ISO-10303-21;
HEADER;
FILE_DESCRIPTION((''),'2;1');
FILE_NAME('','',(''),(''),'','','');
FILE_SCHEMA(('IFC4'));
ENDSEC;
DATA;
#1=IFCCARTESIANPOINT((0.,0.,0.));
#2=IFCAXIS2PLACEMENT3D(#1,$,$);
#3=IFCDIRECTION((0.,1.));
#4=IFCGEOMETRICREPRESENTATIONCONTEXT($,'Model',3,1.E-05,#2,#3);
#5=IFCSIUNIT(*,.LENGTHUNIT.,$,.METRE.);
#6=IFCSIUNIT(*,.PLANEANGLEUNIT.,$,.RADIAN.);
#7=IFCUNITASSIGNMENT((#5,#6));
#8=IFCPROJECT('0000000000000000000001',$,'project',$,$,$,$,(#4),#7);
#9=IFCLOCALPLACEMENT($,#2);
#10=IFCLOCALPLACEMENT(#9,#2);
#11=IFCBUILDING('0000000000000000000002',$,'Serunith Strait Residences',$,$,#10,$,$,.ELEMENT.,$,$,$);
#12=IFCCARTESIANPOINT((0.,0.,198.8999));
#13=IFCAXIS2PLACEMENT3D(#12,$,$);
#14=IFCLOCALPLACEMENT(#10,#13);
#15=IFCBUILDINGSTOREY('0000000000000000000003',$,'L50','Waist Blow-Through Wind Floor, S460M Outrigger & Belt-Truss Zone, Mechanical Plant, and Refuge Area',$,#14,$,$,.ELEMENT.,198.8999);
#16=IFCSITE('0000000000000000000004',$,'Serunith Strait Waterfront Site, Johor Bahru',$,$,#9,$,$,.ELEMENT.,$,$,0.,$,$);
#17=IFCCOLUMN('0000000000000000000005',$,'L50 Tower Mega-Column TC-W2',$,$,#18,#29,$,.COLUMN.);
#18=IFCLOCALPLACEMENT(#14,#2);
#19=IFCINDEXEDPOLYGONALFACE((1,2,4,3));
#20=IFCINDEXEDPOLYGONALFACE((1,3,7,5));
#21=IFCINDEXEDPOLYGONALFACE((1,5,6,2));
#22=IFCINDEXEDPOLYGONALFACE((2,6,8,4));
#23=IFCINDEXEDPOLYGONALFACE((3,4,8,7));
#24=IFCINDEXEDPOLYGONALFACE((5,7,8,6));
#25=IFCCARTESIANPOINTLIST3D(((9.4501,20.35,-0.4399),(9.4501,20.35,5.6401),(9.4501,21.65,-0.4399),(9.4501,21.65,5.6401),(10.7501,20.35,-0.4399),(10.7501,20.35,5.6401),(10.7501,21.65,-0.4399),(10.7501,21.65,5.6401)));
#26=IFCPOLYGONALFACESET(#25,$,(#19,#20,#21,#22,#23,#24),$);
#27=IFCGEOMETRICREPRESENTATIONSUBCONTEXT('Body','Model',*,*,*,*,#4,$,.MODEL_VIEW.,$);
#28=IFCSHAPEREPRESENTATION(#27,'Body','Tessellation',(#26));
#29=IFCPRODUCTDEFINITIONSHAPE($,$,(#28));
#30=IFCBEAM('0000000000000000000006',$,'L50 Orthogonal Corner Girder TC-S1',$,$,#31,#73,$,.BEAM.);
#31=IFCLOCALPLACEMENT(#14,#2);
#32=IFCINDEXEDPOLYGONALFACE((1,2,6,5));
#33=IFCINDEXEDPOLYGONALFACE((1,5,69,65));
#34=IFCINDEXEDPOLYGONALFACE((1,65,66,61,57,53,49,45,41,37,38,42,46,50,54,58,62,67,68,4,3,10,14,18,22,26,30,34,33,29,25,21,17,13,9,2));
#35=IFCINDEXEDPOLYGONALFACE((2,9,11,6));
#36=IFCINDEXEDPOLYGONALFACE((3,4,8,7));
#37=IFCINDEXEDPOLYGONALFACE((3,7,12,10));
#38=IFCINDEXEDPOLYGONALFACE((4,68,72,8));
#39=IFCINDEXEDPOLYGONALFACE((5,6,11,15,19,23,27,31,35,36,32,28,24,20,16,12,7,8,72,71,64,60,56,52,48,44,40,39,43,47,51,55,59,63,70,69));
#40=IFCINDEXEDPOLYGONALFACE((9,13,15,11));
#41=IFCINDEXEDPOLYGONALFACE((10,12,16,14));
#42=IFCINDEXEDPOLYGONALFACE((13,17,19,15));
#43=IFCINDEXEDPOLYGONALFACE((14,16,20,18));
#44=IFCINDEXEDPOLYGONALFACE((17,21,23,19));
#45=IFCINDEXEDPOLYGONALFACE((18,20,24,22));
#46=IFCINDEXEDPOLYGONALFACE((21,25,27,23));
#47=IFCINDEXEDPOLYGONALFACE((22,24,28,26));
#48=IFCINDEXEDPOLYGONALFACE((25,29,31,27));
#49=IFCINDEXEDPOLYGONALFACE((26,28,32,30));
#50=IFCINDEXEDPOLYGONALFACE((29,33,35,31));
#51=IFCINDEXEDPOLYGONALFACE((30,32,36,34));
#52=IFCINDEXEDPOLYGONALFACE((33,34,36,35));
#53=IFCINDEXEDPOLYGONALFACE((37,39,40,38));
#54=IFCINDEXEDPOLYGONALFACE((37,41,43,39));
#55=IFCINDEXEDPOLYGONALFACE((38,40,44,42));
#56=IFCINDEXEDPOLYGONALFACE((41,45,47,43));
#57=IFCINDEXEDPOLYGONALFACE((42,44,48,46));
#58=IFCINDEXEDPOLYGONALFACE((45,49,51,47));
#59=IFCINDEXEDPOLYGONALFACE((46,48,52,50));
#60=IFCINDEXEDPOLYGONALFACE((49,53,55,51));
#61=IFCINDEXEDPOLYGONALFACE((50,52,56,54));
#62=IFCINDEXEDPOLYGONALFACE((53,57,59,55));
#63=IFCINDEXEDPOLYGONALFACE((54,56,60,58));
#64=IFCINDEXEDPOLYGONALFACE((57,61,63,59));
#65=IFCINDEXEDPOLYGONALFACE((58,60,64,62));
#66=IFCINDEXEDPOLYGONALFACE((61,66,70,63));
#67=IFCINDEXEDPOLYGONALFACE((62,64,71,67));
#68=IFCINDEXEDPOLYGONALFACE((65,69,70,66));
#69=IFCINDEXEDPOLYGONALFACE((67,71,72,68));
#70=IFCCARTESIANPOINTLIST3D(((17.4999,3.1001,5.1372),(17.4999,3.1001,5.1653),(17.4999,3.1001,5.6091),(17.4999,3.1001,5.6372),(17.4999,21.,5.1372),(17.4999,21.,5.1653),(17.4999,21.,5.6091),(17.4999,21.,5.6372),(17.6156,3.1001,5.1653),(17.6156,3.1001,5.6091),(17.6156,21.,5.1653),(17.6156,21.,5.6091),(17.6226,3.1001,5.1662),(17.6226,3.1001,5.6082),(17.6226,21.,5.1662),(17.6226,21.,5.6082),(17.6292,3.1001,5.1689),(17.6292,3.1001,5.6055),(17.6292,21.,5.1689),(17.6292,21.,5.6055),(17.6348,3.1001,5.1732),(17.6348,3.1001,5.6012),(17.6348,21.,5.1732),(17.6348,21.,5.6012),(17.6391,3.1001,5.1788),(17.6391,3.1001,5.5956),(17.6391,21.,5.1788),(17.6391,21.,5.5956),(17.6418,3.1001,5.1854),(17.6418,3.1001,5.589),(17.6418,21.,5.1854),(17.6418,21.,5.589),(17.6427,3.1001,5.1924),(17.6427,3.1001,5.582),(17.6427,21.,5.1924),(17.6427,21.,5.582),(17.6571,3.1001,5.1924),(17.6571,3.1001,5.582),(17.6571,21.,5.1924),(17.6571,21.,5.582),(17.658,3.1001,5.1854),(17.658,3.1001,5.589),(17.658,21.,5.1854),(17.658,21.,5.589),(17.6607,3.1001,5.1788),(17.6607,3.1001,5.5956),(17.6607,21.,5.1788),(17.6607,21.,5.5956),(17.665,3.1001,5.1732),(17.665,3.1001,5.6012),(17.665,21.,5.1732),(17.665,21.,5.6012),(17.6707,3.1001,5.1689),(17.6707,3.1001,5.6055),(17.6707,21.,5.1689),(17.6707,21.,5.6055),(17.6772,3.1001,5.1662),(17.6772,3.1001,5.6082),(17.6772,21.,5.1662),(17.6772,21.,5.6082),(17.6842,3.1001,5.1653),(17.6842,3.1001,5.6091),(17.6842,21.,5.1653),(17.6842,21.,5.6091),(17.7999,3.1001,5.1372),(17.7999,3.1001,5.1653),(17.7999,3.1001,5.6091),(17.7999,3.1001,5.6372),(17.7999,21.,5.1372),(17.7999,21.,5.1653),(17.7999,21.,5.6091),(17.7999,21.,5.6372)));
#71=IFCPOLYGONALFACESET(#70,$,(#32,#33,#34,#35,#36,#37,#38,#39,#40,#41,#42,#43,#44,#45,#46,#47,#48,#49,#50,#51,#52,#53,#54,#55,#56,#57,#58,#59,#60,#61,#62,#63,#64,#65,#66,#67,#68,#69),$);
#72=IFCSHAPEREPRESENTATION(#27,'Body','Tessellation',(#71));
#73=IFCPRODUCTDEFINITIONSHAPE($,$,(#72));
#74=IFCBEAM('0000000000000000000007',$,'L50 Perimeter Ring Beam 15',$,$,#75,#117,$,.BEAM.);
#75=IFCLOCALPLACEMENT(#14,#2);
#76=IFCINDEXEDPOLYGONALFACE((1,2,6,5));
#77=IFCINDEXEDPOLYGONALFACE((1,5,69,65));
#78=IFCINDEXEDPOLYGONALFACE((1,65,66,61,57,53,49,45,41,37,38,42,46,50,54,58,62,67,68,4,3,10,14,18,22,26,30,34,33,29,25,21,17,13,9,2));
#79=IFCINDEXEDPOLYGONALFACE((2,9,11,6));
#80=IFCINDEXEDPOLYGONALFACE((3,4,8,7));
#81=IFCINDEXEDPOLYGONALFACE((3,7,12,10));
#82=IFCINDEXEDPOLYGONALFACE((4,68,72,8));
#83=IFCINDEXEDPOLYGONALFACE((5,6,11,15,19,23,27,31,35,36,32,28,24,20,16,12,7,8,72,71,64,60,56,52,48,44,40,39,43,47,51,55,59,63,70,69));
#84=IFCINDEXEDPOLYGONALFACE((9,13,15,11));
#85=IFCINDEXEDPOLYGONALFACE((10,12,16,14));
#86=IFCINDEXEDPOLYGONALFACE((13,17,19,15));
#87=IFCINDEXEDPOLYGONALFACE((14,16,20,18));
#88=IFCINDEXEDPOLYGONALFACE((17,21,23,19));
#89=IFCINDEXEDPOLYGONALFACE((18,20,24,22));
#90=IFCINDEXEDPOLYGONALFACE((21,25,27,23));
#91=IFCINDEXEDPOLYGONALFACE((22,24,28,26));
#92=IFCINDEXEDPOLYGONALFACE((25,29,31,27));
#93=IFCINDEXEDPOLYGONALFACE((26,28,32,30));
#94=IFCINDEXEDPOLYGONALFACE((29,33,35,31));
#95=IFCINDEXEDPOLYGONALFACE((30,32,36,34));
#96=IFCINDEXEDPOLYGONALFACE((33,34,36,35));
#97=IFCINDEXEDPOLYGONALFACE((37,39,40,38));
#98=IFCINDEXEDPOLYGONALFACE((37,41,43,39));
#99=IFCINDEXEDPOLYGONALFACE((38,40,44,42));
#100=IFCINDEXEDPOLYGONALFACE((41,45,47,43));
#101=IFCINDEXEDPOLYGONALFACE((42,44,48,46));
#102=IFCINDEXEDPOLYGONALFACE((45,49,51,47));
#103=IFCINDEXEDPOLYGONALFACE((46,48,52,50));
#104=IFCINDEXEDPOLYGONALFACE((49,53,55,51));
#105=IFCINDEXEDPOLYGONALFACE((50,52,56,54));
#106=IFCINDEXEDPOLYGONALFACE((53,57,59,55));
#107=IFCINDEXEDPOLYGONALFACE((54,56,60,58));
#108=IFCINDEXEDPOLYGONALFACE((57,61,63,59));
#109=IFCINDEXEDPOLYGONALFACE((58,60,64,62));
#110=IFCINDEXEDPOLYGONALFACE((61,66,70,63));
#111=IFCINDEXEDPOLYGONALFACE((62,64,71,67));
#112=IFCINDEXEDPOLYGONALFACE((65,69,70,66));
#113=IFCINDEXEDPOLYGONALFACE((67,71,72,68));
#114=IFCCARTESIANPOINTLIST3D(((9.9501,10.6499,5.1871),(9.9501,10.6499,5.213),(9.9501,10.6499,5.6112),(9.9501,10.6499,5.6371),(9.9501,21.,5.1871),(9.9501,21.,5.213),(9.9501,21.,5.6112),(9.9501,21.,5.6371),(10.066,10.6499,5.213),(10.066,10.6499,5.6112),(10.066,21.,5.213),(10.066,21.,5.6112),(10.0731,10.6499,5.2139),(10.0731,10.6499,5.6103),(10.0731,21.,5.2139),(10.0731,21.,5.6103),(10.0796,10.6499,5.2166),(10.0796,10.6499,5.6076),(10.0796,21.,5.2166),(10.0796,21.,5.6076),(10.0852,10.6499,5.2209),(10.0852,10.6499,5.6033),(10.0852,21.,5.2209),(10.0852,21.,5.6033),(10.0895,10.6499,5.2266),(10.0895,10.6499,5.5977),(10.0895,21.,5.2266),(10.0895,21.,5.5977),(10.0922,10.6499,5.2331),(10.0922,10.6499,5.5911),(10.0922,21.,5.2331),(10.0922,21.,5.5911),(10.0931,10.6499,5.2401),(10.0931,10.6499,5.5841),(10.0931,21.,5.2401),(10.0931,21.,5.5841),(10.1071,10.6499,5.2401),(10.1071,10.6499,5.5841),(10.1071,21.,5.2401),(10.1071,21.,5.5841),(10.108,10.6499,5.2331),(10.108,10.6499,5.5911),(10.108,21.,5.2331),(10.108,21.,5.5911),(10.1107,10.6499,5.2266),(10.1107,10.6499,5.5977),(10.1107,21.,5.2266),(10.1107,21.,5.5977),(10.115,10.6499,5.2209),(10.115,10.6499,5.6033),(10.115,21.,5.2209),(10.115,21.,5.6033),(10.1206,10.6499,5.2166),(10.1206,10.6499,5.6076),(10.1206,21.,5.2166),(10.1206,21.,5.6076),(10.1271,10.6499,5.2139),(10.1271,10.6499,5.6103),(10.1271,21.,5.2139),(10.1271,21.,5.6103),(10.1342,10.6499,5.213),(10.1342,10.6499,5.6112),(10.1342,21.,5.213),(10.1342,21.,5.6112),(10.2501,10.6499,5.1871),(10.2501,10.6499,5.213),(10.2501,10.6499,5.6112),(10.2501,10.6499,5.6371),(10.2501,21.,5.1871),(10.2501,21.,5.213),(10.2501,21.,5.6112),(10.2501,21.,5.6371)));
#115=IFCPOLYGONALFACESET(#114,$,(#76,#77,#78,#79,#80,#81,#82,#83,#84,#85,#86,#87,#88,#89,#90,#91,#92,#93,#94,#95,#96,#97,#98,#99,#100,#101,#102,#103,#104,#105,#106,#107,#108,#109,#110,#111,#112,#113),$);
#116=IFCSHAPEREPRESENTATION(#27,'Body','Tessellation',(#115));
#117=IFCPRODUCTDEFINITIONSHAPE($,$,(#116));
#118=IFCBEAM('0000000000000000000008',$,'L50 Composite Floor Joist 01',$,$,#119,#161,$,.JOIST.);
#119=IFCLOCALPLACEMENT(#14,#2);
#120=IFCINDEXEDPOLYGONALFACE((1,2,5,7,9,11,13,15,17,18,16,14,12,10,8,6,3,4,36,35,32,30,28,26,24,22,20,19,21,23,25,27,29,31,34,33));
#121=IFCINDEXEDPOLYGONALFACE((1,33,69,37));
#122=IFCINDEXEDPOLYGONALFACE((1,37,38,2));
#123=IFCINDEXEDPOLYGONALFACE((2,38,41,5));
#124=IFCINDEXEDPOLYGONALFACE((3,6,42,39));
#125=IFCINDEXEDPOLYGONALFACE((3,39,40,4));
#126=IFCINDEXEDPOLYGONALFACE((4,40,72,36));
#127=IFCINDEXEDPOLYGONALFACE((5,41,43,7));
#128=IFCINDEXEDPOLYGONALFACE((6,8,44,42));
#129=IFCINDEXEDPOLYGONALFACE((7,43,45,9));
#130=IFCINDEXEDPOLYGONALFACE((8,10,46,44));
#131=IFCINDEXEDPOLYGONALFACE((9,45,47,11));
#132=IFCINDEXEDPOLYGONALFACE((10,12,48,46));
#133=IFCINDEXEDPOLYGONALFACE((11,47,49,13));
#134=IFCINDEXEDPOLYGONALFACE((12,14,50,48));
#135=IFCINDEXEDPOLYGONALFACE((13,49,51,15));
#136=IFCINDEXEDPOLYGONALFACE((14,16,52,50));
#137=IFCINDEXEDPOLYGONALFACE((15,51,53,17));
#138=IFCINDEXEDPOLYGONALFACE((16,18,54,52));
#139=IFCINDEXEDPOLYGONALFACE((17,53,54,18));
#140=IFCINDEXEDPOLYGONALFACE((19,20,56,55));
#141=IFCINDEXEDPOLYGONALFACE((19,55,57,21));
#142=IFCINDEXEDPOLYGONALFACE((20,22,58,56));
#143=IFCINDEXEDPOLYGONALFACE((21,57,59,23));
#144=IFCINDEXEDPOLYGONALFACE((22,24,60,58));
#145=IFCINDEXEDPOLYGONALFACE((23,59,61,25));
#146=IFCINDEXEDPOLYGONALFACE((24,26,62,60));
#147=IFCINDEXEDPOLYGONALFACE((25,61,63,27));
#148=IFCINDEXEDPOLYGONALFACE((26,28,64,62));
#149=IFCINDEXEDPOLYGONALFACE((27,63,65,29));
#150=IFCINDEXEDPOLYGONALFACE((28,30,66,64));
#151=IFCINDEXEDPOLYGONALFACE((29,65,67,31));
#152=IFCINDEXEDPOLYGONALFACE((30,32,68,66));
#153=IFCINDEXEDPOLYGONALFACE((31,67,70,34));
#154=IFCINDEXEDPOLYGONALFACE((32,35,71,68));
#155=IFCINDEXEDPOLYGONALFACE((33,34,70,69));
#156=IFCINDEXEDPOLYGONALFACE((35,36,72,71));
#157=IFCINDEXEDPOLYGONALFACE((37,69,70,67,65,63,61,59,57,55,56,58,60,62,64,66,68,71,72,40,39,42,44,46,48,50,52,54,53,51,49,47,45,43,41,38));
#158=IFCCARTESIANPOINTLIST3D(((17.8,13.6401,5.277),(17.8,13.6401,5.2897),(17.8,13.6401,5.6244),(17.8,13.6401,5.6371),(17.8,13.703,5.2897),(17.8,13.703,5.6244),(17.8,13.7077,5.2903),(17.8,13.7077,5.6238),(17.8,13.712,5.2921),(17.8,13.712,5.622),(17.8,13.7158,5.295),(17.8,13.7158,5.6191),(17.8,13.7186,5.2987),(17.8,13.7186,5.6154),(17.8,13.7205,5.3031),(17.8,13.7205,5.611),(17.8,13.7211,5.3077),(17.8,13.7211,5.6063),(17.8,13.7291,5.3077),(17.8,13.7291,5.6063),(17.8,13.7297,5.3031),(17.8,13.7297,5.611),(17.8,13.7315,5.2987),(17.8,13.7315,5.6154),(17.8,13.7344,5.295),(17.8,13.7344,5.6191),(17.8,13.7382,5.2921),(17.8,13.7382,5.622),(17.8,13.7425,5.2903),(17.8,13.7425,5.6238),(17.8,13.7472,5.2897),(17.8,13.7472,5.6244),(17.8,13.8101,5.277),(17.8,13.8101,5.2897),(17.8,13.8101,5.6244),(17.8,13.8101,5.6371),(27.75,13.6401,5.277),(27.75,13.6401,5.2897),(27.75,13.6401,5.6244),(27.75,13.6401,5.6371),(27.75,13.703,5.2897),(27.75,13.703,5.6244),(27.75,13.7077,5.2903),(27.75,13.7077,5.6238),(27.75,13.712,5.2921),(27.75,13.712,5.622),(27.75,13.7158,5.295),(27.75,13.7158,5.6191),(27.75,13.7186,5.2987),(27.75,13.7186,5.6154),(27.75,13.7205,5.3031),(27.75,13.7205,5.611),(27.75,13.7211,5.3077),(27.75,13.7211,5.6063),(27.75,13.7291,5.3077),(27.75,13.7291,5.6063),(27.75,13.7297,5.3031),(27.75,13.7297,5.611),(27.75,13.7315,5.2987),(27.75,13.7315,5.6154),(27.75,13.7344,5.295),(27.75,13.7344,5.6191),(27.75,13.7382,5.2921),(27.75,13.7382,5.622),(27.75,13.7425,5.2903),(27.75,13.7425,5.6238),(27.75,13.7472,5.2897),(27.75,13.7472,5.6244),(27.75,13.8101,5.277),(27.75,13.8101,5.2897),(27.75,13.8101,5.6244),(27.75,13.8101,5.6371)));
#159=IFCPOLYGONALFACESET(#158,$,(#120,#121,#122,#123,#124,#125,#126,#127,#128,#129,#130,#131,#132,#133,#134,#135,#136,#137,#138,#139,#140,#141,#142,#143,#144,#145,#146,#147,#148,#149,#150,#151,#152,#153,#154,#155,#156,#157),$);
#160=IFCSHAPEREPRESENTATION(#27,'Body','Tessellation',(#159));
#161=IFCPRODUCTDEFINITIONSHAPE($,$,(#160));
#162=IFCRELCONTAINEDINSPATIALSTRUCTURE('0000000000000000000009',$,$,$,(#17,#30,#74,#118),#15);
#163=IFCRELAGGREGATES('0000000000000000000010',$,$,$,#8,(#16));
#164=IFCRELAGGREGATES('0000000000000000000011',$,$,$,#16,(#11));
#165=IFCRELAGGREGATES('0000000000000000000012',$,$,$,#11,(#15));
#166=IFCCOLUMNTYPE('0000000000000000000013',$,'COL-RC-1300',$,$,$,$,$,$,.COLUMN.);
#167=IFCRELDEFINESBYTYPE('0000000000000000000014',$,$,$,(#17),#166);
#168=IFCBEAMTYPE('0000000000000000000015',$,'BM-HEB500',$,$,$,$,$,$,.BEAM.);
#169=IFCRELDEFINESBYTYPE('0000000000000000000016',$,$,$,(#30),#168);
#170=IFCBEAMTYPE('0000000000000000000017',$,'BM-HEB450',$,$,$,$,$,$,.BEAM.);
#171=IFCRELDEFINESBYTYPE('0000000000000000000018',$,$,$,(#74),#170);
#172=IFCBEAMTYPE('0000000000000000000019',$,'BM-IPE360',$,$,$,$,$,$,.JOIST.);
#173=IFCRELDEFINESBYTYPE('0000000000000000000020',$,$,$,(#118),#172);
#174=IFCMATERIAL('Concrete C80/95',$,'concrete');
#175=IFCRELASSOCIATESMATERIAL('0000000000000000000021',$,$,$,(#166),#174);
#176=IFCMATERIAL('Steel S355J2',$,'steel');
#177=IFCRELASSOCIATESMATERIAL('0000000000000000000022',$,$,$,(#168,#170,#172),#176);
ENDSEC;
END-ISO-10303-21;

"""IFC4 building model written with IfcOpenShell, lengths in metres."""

from ifc_helpers import new_model, si_unit, direction, frame, origin, origin_2d, place, context, subcontext, project, spatial, rectangle, i_section, extrude, source, transform, mapped, material, material_profile, profile_set, type_object, element, save


model = new_model("IFC4")

# Units and contexts
model_context = context("Model", 3, precision=1e-05, world=origin(), true_north=direction((0.0, 1.0)))
body_context = subcontext(model_context, "Body", "Model", "MODEL_VIEW")
ifc_project = project(units=[si_unit("LENGTHUNIT", "METRE"), si_unit("PLANEANGLEUNIT", "RADIAN")], contexts=[model_context])

# Site, building, storey
site_placement = place(None, origin())
site = spatial("IfcSite", under=ifc_project, at=site_placement, Name="Serunith Strait Waterfront Site, Johor Bahru", CompositionType="ELEMENT", RefElevation=0.0)
building_placement = place(site_placement, origin())
building = spatial("IfcBuilding", under=site, at=building_placement, Name="Serunith Strait Residences", CompositionType="ELEMENT")
storey_placement = place(building_placement, frame((0.0, 0.0, 198.8999)))
storey = spatial("IfcBuildingStorey", under=building, at=storey_placement, Name="L50", Description="Waist Blow-Through Wind Floor, S460M Outrigger & Belt-Truss Zone, Mechanical Plant, and Refuge Area", CompositionType="ELEMENT", Elevation=198.8999)

# Column
ifc_material_1 = material(Name="Concrete C80/95", Category="concrete")
ifc_material_profile_1 = material_profile(ifc_material_1, rectangle(XDim=1.3, YDim=1.3, at=origin_2d()), Name="RC 1300x1300")
ifc_profile_set_1 = profile_set([ifc_material_profile_1], Name="Concrete C80/95")
column_type = type_object("IfcColumnType", Name="COL-RC-1300", PredefinedType="COLUMN", material=ifc_profile_set_1)
shared_shape_1 = source(origin(), body_context, "Body", "SweptSolid", [
    extrude(rectangle(XDim=1.3, YDim=1.3, at=origin_2d()), origin(), (0.0, 0.0, 1.0), 6.0801),
])
column_placement = place(storey_placement, frame((10.1001, 21.0, -0.4399), z_axis=(0.0, 0.0, 1.0), x_axis=(1.0, 0.0, 0.0)))
element("IfcColumn", 1, at=column_placement, inside=storey, type_object=column_type, Name="L50 Tower Mega-Column TC-W2", PredefinedType="COLUMN", context=body_context, shape_type="MappedRepresentation", body=[
    mapped(shared_shape_1, transform((0.0, 0.0, 0.0), scale=1.0)),
])

# Beams
ifc_material_2 = material(Name="Steel S355J2", Category="steel")
ifc_material_profile_2 = material_profile(ifc_material_2, i_section(OverallWidth=0.3, OverallDepth=0.5, WebThickness=0.0144, FlangeThickness=0.0281, FilletRadius=0.0271, at=origin_2d()), Name="HEB 500")
ifc_profile_set_2 = profile_set([ifc_material_profile_2], Name="Steel S355J2")
beam_type_1 = type_object("IfcBeamType", Name="BM-HEB500", PredefinedType="BEAM", material=ifc_profile_set_2)
shared_shape_2 = source(origin(), body_context, "Body", "SweptSolid", [
    extrude(i_section(OverallWidth=0.3, OverallDepth=0.5, WebThickness=0.0144, FlangeThickness=0.0281, FilletRadius=0.0271, at=origin_2d()), origin(), (0.0, 0.0, 1.0), 17.8999),
])
beam_1_placement = place(storey_placement, frame((17.6499, 21.0, 5.3872), z_axis=(0.0, -1.0, 0.0), x_axis=(1.0, 0.0, 0.0)))
element("IfcBeam", 2, at=beam_1_placement, inside=storey, type_object=beam_type_1, Name="L50 Orthogonal Corner Girder TC-S1", PredefinedType="BEAM", context=body_context, shape_type="MappedRepresentation", body=[
    mapped(shared_shape_2, transform((0.0, 0.0, 0.0), scale=1.0)),
])
ifc_material_profile_3 = material_profile(ifc_material_2, i_section(OverallWidth=0.3, OverallDepth=0.45, WebThickness=0.0139, FlangeThickness=0.0259, FilletRadius=0.0271, at=origin_2d()), Name="HEB 450")
ifc_profile_set_3 = profile_set([ifc_material_profile_3], Name="Steel S355J2")
beam_type_2 = type_object("IfcBeamType", Name="BM-HEB450", PredefinedType="BEAM", material=ifc_profile_set_3)
shared_shape_3 = source(origin(), body_context, "Body", "SweptSolid", [
    extrude(i_section(OverallWidth=0.3, OverallDepth=0.45, WebThickness=0.0139, FlangeThickness=0.0259, FilletRadius=0.0271, at=origin_2d()), origin(), (0.0, 0.0, 1.0), 10.3501),
])
beam_2_placement = place(storey_placement, frame((10.1001, 21.0, 5.4121), z_axis=(0.0, -1.0, 0.0), x_axis=(1.0, 0.0, 0.0)))
element("IfcBeam", 3, at=beam_2_placement, inside=storey, type_object=beam_type_2, Name="L50 Perimeter Ring Beam 15", PredefinedType="BEAM", context=body_context, shape_type="MappedRepresentation", body=[
    mapped(shared_shape_3, transform((0.0, 0.0, 0.0), scale=1.0)),
])
ifc_material_profile_4 = material_profile(ifc_material_2, i_section(OverallWidth=0.1699, OverallDepth=0.3601, WebThickness=0.0081, FlangeThickness=0.0127, FilletRadius=0.0181, at=origin_2d()), Name="IPE 360")
ifc_profile_set_4 = profile_set([ifc_material_profile_4], Name="Steel S355J2")
beam_type_3 = type_object("IfcBeamType", Name="BM-IPE360", PredefinedType="JOIST", material=ifc_profile_set_4)
shared_shape_4 = source(origin(), body_context, "Body", "SweptSolid", [
    extrude(i_section(OverallWidth=0.1699, OverallDepth=0.3601, WebThickness=0.0081, FlangeThickness=0.0127, FilletRadius=0.0181, at=origin_2d()), origin(), (0.0, 0.0, 1.0), 9.95),
])
beam_3_placement = place(storey_placement, frame((17.8, 13.7251, 5.457), z_axis=(1.0, 0.0, 0.0), x_axis=(0.0, 1.0, 0.0)))
element("IfcBeam", 4, at=beam_3_placement, inside=storey, type_object=beam_type_3, Name="L50 Composite Floor Joist 01", PredefinedType="JOIST", context=body_context, shape_type="MappedRepresentation", body=[
    mapped(shared_shape_4, transform((0.0, 0.0, 0.0), scale=1.0)),
])

save(model, "model.ifc")
